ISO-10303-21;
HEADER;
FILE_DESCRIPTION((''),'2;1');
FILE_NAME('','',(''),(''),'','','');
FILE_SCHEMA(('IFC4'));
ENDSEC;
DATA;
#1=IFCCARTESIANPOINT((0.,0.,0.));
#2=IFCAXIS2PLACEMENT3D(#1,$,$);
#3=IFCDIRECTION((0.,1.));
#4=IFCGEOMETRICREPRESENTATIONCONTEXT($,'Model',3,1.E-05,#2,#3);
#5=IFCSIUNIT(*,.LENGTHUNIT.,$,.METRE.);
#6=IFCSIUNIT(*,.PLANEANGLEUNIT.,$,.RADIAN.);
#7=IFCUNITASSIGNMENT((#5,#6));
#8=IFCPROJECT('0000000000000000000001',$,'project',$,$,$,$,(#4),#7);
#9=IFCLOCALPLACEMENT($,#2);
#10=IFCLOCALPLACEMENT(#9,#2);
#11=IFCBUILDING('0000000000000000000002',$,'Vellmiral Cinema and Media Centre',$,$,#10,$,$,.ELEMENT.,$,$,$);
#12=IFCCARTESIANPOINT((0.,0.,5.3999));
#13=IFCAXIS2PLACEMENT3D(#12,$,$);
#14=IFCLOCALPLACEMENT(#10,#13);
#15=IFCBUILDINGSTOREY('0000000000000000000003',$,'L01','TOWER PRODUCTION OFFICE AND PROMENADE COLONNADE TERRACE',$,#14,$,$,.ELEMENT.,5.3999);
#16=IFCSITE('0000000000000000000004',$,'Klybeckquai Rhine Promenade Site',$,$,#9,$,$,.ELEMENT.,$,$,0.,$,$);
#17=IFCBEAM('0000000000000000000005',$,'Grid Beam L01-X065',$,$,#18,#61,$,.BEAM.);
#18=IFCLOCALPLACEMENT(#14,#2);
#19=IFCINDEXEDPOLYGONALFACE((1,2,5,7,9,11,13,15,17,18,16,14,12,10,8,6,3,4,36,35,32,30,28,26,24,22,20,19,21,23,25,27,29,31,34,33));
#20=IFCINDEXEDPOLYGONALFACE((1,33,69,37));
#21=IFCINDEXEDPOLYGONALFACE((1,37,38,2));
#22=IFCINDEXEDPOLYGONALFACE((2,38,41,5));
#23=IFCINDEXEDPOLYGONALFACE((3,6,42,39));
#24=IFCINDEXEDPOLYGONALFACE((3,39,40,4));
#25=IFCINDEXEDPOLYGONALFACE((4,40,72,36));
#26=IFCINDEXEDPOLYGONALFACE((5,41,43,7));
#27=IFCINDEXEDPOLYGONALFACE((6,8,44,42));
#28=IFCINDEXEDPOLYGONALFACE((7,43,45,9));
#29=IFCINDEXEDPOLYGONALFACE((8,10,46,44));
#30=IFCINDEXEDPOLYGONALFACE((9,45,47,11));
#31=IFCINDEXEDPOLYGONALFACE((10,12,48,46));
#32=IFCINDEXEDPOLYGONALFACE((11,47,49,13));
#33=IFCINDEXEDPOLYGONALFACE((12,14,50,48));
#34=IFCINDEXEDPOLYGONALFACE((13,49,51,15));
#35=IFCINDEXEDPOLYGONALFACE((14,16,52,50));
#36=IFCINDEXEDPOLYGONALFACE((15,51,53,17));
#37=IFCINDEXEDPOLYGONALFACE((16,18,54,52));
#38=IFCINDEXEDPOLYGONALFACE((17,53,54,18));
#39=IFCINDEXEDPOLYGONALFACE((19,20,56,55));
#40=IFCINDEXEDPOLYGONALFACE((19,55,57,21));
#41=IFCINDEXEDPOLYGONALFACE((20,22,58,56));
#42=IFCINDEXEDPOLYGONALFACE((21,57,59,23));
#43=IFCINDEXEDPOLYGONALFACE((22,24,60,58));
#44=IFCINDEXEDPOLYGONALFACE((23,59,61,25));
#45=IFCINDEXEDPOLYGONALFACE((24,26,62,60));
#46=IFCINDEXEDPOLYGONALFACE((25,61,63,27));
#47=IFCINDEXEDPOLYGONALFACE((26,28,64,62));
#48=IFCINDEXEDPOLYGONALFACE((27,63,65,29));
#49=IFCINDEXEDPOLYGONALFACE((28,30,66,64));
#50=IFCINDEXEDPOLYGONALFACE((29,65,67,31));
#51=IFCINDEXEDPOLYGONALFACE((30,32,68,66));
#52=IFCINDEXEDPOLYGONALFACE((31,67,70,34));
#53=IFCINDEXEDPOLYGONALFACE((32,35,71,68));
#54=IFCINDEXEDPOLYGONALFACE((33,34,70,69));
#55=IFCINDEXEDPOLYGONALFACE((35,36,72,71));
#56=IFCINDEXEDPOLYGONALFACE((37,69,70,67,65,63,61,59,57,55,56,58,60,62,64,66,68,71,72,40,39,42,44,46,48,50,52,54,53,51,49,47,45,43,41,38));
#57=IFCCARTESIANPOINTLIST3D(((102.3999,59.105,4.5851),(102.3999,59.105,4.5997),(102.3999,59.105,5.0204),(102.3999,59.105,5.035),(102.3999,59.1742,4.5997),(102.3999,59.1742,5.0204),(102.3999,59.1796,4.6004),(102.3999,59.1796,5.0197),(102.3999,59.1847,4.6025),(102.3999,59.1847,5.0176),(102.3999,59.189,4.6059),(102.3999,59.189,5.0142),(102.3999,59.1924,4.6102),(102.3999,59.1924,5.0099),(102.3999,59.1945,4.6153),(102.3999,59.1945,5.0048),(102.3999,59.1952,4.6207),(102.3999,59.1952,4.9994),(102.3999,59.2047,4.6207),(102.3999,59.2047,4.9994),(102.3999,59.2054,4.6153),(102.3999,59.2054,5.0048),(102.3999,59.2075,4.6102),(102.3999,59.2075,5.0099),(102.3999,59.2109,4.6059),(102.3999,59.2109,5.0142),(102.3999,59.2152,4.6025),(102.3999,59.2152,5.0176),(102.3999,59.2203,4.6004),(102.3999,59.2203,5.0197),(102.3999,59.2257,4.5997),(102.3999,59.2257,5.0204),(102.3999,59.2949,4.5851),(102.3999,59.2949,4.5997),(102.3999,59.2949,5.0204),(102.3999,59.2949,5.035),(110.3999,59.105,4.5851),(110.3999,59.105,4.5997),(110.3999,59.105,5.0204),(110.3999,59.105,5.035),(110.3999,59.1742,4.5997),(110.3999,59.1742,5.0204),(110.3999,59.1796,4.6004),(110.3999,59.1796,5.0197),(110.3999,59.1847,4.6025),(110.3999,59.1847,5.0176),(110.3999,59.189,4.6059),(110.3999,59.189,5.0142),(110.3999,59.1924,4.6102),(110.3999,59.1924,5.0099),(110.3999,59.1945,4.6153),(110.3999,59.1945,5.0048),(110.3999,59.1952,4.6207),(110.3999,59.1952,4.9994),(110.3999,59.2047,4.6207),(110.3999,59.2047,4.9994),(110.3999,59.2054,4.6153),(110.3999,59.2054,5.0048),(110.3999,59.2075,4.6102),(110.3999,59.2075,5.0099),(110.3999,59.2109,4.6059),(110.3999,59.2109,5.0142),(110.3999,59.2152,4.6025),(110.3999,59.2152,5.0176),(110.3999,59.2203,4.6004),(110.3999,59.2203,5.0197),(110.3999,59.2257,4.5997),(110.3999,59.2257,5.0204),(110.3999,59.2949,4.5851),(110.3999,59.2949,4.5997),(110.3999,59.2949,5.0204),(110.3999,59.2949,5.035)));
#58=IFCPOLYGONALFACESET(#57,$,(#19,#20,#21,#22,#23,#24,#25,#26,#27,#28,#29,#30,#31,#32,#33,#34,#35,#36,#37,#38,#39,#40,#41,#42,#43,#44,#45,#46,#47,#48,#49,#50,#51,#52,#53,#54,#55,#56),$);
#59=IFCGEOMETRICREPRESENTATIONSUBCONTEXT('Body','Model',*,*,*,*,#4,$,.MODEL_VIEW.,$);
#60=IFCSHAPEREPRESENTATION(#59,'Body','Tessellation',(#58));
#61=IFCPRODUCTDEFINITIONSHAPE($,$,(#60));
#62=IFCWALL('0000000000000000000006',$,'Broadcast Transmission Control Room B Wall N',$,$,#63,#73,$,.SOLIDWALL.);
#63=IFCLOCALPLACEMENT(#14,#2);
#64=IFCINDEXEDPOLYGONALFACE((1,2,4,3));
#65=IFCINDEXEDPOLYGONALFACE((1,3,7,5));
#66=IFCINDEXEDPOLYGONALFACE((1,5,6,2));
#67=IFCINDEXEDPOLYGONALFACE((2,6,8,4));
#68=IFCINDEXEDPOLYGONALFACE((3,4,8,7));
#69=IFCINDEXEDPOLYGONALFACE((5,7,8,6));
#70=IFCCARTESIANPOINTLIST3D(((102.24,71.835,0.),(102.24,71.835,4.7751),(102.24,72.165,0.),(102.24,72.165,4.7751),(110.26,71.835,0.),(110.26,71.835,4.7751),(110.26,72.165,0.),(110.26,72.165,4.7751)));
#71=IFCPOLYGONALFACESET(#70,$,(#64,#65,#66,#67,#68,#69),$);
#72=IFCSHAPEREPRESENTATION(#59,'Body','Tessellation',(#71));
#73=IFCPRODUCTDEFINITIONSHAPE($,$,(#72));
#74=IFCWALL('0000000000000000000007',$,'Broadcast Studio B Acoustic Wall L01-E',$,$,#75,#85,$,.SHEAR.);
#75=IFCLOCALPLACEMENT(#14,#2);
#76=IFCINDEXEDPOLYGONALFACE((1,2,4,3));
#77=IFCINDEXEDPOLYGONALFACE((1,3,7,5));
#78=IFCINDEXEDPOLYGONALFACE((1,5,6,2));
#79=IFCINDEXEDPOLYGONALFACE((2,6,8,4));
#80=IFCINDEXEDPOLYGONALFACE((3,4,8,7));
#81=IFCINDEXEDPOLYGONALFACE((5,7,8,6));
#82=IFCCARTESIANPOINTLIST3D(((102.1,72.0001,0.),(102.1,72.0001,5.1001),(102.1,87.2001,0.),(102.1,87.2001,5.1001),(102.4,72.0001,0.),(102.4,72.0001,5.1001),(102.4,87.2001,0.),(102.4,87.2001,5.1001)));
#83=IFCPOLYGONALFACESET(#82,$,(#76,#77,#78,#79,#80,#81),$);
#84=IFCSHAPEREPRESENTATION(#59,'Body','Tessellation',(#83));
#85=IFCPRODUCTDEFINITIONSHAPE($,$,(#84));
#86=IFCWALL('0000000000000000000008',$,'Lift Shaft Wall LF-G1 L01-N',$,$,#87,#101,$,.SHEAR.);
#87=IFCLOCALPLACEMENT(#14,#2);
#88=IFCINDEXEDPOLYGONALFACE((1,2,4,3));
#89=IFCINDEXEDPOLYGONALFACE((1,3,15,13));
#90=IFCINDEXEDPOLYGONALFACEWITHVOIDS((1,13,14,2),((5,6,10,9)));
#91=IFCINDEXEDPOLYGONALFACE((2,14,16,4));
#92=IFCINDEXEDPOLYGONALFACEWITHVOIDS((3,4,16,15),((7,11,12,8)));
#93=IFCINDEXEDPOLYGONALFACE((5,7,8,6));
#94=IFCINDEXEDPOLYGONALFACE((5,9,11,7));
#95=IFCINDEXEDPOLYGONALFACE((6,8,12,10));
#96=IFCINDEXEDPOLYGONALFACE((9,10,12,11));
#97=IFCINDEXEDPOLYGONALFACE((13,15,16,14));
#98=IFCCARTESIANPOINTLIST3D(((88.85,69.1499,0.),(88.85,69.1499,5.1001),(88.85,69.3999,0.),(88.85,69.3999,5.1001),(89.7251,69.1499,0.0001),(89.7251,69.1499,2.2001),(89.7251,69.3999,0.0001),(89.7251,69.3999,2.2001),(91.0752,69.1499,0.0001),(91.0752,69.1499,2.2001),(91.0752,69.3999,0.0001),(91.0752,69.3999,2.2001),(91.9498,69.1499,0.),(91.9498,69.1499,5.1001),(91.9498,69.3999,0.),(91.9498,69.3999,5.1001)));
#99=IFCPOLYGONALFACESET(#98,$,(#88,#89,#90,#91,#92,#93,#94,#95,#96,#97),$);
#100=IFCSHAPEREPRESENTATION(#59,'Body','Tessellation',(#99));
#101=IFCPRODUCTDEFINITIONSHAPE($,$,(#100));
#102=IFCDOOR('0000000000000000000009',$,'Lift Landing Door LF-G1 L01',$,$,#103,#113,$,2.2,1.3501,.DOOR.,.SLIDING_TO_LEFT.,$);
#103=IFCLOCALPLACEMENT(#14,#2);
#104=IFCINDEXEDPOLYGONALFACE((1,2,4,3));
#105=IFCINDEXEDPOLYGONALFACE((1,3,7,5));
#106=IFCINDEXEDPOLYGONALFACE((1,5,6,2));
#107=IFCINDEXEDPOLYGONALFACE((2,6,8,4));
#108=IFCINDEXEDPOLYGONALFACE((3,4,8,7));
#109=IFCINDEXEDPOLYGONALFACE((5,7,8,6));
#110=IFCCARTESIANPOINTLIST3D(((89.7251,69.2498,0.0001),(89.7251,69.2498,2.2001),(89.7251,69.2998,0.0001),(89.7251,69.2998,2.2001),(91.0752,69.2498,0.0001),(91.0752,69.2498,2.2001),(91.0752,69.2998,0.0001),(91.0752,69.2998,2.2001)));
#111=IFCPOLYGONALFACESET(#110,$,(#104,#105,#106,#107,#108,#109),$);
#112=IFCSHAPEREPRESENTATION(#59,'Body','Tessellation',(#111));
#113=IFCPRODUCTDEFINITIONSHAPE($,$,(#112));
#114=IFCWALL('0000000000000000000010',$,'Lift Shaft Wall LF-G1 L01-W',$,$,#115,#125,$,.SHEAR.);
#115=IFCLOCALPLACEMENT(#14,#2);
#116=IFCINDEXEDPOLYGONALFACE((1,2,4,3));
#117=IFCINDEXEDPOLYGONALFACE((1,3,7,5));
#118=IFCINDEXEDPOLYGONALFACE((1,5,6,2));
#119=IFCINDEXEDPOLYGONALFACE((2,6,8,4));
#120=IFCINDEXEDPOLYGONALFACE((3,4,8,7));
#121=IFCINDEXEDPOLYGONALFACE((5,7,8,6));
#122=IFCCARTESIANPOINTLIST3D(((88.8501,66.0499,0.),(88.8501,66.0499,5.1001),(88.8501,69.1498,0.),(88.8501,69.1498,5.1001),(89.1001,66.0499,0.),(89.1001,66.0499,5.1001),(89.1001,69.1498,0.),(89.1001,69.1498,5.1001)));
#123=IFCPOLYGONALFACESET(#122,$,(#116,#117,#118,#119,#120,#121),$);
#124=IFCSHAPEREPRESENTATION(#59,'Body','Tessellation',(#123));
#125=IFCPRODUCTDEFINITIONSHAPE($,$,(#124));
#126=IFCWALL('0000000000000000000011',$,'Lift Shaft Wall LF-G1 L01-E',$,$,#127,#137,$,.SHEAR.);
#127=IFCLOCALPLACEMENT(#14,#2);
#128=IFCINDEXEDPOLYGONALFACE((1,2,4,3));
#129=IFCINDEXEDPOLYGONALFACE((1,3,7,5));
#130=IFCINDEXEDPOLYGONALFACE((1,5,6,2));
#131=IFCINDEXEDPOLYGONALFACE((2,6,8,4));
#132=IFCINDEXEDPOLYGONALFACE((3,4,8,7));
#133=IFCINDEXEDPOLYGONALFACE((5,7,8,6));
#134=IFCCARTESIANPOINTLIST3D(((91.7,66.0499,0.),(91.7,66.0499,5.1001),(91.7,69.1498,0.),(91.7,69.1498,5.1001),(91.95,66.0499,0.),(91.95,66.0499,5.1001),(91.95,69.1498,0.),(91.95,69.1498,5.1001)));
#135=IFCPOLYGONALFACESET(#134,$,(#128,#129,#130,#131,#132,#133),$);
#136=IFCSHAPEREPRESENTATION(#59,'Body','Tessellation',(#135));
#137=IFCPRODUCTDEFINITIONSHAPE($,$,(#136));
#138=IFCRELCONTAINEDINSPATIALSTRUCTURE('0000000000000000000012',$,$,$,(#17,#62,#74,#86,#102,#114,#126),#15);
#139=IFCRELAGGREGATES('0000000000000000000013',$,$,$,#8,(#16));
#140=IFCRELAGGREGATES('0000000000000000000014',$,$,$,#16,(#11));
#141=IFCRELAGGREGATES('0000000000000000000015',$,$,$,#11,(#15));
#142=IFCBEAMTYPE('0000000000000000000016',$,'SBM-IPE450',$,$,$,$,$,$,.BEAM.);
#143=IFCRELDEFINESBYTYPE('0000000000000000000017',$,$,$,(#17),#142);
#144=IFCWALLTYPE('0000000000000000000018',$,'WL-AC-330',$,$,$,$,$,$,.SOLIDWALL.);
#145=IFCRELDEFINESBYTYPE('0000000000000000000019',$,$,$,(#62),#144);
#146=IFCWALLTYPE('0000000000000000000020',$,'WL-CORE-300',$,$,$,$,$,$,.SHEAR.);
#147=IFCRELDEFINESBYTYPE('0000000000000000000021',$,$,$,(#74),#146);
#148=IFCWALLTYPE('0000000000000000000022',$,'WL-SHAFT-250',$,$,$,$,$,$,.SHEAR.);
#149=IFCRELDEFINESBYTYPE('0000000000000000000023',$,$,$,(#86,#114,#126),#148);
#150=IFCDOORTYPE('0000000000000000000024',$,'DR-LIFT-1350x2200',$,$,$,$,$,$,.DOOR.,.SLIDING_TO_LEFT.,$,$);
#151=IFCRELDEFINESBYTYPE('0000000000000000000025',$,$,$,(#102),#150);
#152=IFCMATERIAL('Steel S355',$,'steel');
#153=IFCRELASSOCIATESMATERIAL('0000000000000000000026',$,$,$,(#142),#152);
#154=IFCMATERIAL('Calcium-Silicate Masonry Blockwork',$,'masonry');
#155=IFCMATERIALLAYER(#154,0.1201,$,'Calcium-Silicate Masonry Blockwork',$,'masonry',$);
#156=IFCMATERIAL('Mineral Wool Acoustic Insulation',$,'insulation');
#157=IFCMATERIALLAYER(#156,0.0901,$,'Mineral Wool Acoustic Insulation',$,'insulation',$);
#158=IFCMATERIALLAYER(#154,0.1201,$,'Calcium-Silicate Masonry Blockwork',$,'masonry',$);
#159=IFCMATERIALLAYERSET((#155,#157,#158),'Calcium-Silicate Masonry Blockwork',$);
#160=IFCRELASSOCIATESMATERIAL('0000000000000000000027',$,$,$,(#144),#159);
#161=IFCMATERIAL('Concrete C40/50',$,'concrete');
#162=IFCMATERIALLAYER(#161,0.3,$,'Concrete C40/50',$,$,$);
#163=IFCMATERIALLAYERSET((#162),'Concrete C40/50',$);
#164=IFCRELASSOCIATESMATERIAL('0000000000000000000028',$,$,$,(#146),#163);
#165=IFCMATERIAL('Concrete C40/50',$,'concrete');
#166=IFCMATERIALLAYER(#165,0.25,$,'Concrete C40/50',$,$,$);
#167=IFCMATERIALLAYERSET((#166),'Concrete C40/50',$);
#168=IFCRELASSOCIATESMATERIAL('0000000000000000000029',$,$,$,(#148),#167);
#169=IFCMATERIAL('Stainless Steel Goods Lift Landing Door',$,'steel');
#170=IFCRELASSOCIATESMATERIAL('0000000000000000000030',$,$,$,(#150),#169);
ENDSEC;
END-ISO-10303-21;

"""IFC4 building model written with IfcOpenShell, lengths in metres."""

from ifc_helpers import new_model, si_unit, direction, frame, frame_2d, origin, origin_2d, place, context, subcontext, project, spatial, rectangle, i_section, extrude, material, layer, layer_set, material_profile, profile_set, type_object, element, fill, save


model = new_model("IFC4")

# Units and contexts
model_context = context("Model", 3, precision=1e-05, world=origin(), true_north=direction((0.0, 1.0)))
body_context = subcontext(model_context, "Body", "Model", "MODEL_VIEW")
ifc_project = project(units=[si_unit("LENGTHUNIT", "METRE"), si_unit("PLANEANGLEUNIT", "RADIAN")], contexts=[model_context])

# Site, building, storey
site_placement = place(None, origin())
site = spatial("IfcSite", under=ifc_project, at=site_placement, Name="Klybeckquai Rhine Promenade Site", CompositionType="ELEMENT", RefElevation=0.0)
building_placement = place(site_placement, origin())
building = spatial("IfcBuilding", under=site, at=building_placement, Name="Vellmiral Cinema and Media Centre", CompositionType="ELEMENT")
storey_placement = place(building_placement, frame((0.0, 0.0, 5.3999)))
storey = spatial("IfcBuildingStorey", under=building, at=storey_placement, Name="L01", Description="TOWER PRODUCTION OFFICE AND PROMENADE COLONNADE TERRACE", CompositionType="ELEMENT", Elevation=5.3999)

# Beam
ifc_material_1 = material(Name="Steel S355", Category="steel")
ifc_material_profile_1 = material_profile(ifc_material_1, i_section(OverallWidth=0.1899, OverallDepth=0.45, WebThickness=0.0095, FlangeThickness=0.0146, FilletRadius=0.021, at=origin_2d()), Name="IPE 450")
ifc_profile_set_1 = profile_set([ifc_material_profile_1], Name="Steel S355")
beam_type_1 = type_object("IfcBeamType", Name="SBM-IPE450", PredefinedType="BEAM", material=ifc_profile_set_1)
beam_1_placement = place(storey_placement, frame((102.3999, 59.2, 4.8101), z_axis=(1.0, 0.0, 0.0), x_axis=(0.0, 1.0, 0.0)))
element("IfcBeam", 1, at=beam_1_placement, inside=storey, type_object=beam_type_1, Name="Grid Beam L01-X065", PredefinedType="BEAM", context=body_context, shape_type="SweptSolid", body=[
    extrude(i_section(OverallWidth=0.1899, OverallDepth=0.45, WebThickness=0.0095, FlangeThickness=0.0146, FilletRadius=0.021, at=origin_2d()), origin(), (0.0, 0.0, 1.0), 8.0),
])

# Walls
ifc_material_2 = material(Name="Calcium-Silicate Masonry Blockwork", Category="masonry")
ifc_layer_1 = layer(ifc_material_2, 0.1201, Name="Calcium-Silicate Masonry Blockwork", Category="masonry")
ifc_material_3 = material(Name="Mineral Wool Acoustic Insulation", Category="insulation")
ifc_layer_2 = layer(ifc_material_3, 0.0901, Name="Mineral Wool Acoustic Insulation", Category="insulation")
ifc_layer_3 = layer(ifc_material_2, 0.1201, Name="Calcium-Silicate Masonry Blockwork", Category="masonry")
ifc_layer_set_1 = layer_set([ifc_layer_1, ifc_layer_2, ifc_layer_3], Name="Calcium-Silicate Masonry Blockwork")
wall_type_1 = type_object("IfcWallType", Name="WL-AC-330", PredefinedType="SOLIDWALL", material=ifc_layer_set_1)
wall_1_placement = place(storey_placement, frame((102.24, 72.0, 0.0), z_axis=(0.0, 0.0, 1.0), x_axis=(1.0, 0.0, 0.0)))
element("IfcWall", 2, at=wall_1_placement, inside=storey, type_object=wall_type_1, Name="Broadcast Transmission Control Room B Wall N", PredefinedType="SOLIDWALL", context=body_context, shape_type="SweptSolid", body=[
    extrude(rectangle(XDim=8.02, YDim=0.3301, at=frame_2d((4.01, 0.0))), origin(), (0.0, 0.0, 1.0), 4.7751),
])
ifc_material_4 = material(Name="Concrete C40/50", Category="concrete")
ifc_layer_4 = layer(ifc_material_4, 0.3, Name="Concrete C40/50")
ifc_layer_set_2 = layer_set([ifc_layer_4], Name="Concrete C40/50")
wall_type_2 = type_object("IfcWallType", Name="WL-CORE-300", PredefinedType="SHEAR", material=ifc_layer_set_2)
wall_2_placement = place(storey_placement, frame((102.25, 72.0, 0.0), z_axis=(0.0, 0.0, 1.0), x_axis=(0.0, 1.0, 0.0)))
element("IfcWall", 3, at=wall_2_placement, inside=storey, type_object=wall_type_2, Name="Broadcast Studio B Acoustic Wall L01-E", PredefinedType="SHEAR", context=body_context, shape_type="SweptSolid", body=[
    extrude(rectangle(XDim=15.2, YDim=0.3, at=frame_2d((7.6001, 0.0))), origin(), (0.0, 0.0, 1.0), 5.1001),
])

# Wall, opening, door
ifc_material_5 = material(Name="Concrete C40/50", Category="concrete")
ifc_layer_5 = layer(ifc_material_5, 0.25, Name="Concrete C40/50")
ifc_layer_set_3 = layer_set([ifc_layer_5], Name="Concrete C40/50")
wall_type_3 = type_object("IfcWallType", Name="WL-SHAFT-250", PredefinedType="SHEAR", material=ifc_layer_set_3)
wall_3_placement = place(storey_placement, frame((88.8501, 69.2749, 0.0), z_axis=(0.0, 0.0, 1.0), x_axis=(1.0, 0.0, 0.0)))
wall_3 = element("IfcWall", 4, at=wall_3_placement, inside=storey, type_object=wall_type_3, Name="Lift Shaft Wall LF-G1 L01-N", PredefinedType="SHEAR", context=body_context, shape_type="SweptSolid", body=[
    extrude(rectangle(XDim=3.0999, YDim=0.25, at=frame_2d((1.5498, 0.0))), origin(), (0.0, 0.0, 1.0), 5.1001),
])
opening_placement = place(wall_3_placement, frame((0.875, 0.0, 0.0)))
opening = element("IfcOpeningElement", 5, at=opening_placement, cuts=wall_3, PredefinedType="OPENING", context=body_context, shape_type="SweptSolid", body=[
    extrude(rectangle(XDim=1.3501, YDim=2.2, at=frame_2d((0.675, 1.1001))), frame((0.0, 0.137, 0.0), z_axis=(0.0, -1.0, 0.0), x_axis=(1.0, 0.0, 0.0)), (0.0, 0.0, 1.0), 0.2739),
])
ifc_material_6 = material(Name="Stainless Steel Goods Lift Landing Door", Category="steel")
door_type = type_object("IfcDoorType", Name="DR-LIFT-1350x2200", OperationType="SLIDING_TO_LEFT", PredefinedType="DOOR", material=ifc_material_6)
door_placement = place(opening_placement, origin())
door = element("IfcDoor", 6, at=door_placement, inside=storey, type_object=door_type, Name="Lift Landing Door LF-G1 L01", OperationType="SLIDING_TO_LEFT", OverallHeight=2.2, OverallWidth=1.3501, PredefinedType="DOOR", context=body_context, shape_type="SweptSolid", body=[
    extrude(rectangle(XDim=1.3501, YDim=2.2, at=frame_2d((0.675, 1.1001))), frame((0.0, 0.0249, 0.0), z_axis=(0.0, -1.0, 0.0), x_axis=(1.0, 0.0, 0.0)), (0.0, 0.0, 1.0), 0.05),
])
fill(opening, door)

# Walls
for number, where, z_axis, x_axis, name in (
    (7, (88.9751, 66.05, 0.0), (0.0, 0.0, 1.0), (0.0, 1.0, 0.0), "Lift Shaft Wall LF-G1 L01-W"),
    (8, (91.825, 66.05, 0.0), (0.0, 0.0, 1.0), (0.0, 1.0, 0.0), "Lift Shaft Wall LF-G1 L01-E"),
):
    element("IfcWall", number, at=place(storey_placement, frame(where, z_axis=z_axis, x_axis=x_axis)), inside=storey, type_object=wall_type_3, Name=name, PredefinedType="SHEAR", context=body_context, shape_type="SweptSolid", body=[
        extrude(rectangle(XDim=3.0999, YDim=0.25, at=frame_2d((1.5498, 0.0))), origin(), (0.0, 0.0, 1.0), 5.1001),
    ])

save(model, "model.ifc")
